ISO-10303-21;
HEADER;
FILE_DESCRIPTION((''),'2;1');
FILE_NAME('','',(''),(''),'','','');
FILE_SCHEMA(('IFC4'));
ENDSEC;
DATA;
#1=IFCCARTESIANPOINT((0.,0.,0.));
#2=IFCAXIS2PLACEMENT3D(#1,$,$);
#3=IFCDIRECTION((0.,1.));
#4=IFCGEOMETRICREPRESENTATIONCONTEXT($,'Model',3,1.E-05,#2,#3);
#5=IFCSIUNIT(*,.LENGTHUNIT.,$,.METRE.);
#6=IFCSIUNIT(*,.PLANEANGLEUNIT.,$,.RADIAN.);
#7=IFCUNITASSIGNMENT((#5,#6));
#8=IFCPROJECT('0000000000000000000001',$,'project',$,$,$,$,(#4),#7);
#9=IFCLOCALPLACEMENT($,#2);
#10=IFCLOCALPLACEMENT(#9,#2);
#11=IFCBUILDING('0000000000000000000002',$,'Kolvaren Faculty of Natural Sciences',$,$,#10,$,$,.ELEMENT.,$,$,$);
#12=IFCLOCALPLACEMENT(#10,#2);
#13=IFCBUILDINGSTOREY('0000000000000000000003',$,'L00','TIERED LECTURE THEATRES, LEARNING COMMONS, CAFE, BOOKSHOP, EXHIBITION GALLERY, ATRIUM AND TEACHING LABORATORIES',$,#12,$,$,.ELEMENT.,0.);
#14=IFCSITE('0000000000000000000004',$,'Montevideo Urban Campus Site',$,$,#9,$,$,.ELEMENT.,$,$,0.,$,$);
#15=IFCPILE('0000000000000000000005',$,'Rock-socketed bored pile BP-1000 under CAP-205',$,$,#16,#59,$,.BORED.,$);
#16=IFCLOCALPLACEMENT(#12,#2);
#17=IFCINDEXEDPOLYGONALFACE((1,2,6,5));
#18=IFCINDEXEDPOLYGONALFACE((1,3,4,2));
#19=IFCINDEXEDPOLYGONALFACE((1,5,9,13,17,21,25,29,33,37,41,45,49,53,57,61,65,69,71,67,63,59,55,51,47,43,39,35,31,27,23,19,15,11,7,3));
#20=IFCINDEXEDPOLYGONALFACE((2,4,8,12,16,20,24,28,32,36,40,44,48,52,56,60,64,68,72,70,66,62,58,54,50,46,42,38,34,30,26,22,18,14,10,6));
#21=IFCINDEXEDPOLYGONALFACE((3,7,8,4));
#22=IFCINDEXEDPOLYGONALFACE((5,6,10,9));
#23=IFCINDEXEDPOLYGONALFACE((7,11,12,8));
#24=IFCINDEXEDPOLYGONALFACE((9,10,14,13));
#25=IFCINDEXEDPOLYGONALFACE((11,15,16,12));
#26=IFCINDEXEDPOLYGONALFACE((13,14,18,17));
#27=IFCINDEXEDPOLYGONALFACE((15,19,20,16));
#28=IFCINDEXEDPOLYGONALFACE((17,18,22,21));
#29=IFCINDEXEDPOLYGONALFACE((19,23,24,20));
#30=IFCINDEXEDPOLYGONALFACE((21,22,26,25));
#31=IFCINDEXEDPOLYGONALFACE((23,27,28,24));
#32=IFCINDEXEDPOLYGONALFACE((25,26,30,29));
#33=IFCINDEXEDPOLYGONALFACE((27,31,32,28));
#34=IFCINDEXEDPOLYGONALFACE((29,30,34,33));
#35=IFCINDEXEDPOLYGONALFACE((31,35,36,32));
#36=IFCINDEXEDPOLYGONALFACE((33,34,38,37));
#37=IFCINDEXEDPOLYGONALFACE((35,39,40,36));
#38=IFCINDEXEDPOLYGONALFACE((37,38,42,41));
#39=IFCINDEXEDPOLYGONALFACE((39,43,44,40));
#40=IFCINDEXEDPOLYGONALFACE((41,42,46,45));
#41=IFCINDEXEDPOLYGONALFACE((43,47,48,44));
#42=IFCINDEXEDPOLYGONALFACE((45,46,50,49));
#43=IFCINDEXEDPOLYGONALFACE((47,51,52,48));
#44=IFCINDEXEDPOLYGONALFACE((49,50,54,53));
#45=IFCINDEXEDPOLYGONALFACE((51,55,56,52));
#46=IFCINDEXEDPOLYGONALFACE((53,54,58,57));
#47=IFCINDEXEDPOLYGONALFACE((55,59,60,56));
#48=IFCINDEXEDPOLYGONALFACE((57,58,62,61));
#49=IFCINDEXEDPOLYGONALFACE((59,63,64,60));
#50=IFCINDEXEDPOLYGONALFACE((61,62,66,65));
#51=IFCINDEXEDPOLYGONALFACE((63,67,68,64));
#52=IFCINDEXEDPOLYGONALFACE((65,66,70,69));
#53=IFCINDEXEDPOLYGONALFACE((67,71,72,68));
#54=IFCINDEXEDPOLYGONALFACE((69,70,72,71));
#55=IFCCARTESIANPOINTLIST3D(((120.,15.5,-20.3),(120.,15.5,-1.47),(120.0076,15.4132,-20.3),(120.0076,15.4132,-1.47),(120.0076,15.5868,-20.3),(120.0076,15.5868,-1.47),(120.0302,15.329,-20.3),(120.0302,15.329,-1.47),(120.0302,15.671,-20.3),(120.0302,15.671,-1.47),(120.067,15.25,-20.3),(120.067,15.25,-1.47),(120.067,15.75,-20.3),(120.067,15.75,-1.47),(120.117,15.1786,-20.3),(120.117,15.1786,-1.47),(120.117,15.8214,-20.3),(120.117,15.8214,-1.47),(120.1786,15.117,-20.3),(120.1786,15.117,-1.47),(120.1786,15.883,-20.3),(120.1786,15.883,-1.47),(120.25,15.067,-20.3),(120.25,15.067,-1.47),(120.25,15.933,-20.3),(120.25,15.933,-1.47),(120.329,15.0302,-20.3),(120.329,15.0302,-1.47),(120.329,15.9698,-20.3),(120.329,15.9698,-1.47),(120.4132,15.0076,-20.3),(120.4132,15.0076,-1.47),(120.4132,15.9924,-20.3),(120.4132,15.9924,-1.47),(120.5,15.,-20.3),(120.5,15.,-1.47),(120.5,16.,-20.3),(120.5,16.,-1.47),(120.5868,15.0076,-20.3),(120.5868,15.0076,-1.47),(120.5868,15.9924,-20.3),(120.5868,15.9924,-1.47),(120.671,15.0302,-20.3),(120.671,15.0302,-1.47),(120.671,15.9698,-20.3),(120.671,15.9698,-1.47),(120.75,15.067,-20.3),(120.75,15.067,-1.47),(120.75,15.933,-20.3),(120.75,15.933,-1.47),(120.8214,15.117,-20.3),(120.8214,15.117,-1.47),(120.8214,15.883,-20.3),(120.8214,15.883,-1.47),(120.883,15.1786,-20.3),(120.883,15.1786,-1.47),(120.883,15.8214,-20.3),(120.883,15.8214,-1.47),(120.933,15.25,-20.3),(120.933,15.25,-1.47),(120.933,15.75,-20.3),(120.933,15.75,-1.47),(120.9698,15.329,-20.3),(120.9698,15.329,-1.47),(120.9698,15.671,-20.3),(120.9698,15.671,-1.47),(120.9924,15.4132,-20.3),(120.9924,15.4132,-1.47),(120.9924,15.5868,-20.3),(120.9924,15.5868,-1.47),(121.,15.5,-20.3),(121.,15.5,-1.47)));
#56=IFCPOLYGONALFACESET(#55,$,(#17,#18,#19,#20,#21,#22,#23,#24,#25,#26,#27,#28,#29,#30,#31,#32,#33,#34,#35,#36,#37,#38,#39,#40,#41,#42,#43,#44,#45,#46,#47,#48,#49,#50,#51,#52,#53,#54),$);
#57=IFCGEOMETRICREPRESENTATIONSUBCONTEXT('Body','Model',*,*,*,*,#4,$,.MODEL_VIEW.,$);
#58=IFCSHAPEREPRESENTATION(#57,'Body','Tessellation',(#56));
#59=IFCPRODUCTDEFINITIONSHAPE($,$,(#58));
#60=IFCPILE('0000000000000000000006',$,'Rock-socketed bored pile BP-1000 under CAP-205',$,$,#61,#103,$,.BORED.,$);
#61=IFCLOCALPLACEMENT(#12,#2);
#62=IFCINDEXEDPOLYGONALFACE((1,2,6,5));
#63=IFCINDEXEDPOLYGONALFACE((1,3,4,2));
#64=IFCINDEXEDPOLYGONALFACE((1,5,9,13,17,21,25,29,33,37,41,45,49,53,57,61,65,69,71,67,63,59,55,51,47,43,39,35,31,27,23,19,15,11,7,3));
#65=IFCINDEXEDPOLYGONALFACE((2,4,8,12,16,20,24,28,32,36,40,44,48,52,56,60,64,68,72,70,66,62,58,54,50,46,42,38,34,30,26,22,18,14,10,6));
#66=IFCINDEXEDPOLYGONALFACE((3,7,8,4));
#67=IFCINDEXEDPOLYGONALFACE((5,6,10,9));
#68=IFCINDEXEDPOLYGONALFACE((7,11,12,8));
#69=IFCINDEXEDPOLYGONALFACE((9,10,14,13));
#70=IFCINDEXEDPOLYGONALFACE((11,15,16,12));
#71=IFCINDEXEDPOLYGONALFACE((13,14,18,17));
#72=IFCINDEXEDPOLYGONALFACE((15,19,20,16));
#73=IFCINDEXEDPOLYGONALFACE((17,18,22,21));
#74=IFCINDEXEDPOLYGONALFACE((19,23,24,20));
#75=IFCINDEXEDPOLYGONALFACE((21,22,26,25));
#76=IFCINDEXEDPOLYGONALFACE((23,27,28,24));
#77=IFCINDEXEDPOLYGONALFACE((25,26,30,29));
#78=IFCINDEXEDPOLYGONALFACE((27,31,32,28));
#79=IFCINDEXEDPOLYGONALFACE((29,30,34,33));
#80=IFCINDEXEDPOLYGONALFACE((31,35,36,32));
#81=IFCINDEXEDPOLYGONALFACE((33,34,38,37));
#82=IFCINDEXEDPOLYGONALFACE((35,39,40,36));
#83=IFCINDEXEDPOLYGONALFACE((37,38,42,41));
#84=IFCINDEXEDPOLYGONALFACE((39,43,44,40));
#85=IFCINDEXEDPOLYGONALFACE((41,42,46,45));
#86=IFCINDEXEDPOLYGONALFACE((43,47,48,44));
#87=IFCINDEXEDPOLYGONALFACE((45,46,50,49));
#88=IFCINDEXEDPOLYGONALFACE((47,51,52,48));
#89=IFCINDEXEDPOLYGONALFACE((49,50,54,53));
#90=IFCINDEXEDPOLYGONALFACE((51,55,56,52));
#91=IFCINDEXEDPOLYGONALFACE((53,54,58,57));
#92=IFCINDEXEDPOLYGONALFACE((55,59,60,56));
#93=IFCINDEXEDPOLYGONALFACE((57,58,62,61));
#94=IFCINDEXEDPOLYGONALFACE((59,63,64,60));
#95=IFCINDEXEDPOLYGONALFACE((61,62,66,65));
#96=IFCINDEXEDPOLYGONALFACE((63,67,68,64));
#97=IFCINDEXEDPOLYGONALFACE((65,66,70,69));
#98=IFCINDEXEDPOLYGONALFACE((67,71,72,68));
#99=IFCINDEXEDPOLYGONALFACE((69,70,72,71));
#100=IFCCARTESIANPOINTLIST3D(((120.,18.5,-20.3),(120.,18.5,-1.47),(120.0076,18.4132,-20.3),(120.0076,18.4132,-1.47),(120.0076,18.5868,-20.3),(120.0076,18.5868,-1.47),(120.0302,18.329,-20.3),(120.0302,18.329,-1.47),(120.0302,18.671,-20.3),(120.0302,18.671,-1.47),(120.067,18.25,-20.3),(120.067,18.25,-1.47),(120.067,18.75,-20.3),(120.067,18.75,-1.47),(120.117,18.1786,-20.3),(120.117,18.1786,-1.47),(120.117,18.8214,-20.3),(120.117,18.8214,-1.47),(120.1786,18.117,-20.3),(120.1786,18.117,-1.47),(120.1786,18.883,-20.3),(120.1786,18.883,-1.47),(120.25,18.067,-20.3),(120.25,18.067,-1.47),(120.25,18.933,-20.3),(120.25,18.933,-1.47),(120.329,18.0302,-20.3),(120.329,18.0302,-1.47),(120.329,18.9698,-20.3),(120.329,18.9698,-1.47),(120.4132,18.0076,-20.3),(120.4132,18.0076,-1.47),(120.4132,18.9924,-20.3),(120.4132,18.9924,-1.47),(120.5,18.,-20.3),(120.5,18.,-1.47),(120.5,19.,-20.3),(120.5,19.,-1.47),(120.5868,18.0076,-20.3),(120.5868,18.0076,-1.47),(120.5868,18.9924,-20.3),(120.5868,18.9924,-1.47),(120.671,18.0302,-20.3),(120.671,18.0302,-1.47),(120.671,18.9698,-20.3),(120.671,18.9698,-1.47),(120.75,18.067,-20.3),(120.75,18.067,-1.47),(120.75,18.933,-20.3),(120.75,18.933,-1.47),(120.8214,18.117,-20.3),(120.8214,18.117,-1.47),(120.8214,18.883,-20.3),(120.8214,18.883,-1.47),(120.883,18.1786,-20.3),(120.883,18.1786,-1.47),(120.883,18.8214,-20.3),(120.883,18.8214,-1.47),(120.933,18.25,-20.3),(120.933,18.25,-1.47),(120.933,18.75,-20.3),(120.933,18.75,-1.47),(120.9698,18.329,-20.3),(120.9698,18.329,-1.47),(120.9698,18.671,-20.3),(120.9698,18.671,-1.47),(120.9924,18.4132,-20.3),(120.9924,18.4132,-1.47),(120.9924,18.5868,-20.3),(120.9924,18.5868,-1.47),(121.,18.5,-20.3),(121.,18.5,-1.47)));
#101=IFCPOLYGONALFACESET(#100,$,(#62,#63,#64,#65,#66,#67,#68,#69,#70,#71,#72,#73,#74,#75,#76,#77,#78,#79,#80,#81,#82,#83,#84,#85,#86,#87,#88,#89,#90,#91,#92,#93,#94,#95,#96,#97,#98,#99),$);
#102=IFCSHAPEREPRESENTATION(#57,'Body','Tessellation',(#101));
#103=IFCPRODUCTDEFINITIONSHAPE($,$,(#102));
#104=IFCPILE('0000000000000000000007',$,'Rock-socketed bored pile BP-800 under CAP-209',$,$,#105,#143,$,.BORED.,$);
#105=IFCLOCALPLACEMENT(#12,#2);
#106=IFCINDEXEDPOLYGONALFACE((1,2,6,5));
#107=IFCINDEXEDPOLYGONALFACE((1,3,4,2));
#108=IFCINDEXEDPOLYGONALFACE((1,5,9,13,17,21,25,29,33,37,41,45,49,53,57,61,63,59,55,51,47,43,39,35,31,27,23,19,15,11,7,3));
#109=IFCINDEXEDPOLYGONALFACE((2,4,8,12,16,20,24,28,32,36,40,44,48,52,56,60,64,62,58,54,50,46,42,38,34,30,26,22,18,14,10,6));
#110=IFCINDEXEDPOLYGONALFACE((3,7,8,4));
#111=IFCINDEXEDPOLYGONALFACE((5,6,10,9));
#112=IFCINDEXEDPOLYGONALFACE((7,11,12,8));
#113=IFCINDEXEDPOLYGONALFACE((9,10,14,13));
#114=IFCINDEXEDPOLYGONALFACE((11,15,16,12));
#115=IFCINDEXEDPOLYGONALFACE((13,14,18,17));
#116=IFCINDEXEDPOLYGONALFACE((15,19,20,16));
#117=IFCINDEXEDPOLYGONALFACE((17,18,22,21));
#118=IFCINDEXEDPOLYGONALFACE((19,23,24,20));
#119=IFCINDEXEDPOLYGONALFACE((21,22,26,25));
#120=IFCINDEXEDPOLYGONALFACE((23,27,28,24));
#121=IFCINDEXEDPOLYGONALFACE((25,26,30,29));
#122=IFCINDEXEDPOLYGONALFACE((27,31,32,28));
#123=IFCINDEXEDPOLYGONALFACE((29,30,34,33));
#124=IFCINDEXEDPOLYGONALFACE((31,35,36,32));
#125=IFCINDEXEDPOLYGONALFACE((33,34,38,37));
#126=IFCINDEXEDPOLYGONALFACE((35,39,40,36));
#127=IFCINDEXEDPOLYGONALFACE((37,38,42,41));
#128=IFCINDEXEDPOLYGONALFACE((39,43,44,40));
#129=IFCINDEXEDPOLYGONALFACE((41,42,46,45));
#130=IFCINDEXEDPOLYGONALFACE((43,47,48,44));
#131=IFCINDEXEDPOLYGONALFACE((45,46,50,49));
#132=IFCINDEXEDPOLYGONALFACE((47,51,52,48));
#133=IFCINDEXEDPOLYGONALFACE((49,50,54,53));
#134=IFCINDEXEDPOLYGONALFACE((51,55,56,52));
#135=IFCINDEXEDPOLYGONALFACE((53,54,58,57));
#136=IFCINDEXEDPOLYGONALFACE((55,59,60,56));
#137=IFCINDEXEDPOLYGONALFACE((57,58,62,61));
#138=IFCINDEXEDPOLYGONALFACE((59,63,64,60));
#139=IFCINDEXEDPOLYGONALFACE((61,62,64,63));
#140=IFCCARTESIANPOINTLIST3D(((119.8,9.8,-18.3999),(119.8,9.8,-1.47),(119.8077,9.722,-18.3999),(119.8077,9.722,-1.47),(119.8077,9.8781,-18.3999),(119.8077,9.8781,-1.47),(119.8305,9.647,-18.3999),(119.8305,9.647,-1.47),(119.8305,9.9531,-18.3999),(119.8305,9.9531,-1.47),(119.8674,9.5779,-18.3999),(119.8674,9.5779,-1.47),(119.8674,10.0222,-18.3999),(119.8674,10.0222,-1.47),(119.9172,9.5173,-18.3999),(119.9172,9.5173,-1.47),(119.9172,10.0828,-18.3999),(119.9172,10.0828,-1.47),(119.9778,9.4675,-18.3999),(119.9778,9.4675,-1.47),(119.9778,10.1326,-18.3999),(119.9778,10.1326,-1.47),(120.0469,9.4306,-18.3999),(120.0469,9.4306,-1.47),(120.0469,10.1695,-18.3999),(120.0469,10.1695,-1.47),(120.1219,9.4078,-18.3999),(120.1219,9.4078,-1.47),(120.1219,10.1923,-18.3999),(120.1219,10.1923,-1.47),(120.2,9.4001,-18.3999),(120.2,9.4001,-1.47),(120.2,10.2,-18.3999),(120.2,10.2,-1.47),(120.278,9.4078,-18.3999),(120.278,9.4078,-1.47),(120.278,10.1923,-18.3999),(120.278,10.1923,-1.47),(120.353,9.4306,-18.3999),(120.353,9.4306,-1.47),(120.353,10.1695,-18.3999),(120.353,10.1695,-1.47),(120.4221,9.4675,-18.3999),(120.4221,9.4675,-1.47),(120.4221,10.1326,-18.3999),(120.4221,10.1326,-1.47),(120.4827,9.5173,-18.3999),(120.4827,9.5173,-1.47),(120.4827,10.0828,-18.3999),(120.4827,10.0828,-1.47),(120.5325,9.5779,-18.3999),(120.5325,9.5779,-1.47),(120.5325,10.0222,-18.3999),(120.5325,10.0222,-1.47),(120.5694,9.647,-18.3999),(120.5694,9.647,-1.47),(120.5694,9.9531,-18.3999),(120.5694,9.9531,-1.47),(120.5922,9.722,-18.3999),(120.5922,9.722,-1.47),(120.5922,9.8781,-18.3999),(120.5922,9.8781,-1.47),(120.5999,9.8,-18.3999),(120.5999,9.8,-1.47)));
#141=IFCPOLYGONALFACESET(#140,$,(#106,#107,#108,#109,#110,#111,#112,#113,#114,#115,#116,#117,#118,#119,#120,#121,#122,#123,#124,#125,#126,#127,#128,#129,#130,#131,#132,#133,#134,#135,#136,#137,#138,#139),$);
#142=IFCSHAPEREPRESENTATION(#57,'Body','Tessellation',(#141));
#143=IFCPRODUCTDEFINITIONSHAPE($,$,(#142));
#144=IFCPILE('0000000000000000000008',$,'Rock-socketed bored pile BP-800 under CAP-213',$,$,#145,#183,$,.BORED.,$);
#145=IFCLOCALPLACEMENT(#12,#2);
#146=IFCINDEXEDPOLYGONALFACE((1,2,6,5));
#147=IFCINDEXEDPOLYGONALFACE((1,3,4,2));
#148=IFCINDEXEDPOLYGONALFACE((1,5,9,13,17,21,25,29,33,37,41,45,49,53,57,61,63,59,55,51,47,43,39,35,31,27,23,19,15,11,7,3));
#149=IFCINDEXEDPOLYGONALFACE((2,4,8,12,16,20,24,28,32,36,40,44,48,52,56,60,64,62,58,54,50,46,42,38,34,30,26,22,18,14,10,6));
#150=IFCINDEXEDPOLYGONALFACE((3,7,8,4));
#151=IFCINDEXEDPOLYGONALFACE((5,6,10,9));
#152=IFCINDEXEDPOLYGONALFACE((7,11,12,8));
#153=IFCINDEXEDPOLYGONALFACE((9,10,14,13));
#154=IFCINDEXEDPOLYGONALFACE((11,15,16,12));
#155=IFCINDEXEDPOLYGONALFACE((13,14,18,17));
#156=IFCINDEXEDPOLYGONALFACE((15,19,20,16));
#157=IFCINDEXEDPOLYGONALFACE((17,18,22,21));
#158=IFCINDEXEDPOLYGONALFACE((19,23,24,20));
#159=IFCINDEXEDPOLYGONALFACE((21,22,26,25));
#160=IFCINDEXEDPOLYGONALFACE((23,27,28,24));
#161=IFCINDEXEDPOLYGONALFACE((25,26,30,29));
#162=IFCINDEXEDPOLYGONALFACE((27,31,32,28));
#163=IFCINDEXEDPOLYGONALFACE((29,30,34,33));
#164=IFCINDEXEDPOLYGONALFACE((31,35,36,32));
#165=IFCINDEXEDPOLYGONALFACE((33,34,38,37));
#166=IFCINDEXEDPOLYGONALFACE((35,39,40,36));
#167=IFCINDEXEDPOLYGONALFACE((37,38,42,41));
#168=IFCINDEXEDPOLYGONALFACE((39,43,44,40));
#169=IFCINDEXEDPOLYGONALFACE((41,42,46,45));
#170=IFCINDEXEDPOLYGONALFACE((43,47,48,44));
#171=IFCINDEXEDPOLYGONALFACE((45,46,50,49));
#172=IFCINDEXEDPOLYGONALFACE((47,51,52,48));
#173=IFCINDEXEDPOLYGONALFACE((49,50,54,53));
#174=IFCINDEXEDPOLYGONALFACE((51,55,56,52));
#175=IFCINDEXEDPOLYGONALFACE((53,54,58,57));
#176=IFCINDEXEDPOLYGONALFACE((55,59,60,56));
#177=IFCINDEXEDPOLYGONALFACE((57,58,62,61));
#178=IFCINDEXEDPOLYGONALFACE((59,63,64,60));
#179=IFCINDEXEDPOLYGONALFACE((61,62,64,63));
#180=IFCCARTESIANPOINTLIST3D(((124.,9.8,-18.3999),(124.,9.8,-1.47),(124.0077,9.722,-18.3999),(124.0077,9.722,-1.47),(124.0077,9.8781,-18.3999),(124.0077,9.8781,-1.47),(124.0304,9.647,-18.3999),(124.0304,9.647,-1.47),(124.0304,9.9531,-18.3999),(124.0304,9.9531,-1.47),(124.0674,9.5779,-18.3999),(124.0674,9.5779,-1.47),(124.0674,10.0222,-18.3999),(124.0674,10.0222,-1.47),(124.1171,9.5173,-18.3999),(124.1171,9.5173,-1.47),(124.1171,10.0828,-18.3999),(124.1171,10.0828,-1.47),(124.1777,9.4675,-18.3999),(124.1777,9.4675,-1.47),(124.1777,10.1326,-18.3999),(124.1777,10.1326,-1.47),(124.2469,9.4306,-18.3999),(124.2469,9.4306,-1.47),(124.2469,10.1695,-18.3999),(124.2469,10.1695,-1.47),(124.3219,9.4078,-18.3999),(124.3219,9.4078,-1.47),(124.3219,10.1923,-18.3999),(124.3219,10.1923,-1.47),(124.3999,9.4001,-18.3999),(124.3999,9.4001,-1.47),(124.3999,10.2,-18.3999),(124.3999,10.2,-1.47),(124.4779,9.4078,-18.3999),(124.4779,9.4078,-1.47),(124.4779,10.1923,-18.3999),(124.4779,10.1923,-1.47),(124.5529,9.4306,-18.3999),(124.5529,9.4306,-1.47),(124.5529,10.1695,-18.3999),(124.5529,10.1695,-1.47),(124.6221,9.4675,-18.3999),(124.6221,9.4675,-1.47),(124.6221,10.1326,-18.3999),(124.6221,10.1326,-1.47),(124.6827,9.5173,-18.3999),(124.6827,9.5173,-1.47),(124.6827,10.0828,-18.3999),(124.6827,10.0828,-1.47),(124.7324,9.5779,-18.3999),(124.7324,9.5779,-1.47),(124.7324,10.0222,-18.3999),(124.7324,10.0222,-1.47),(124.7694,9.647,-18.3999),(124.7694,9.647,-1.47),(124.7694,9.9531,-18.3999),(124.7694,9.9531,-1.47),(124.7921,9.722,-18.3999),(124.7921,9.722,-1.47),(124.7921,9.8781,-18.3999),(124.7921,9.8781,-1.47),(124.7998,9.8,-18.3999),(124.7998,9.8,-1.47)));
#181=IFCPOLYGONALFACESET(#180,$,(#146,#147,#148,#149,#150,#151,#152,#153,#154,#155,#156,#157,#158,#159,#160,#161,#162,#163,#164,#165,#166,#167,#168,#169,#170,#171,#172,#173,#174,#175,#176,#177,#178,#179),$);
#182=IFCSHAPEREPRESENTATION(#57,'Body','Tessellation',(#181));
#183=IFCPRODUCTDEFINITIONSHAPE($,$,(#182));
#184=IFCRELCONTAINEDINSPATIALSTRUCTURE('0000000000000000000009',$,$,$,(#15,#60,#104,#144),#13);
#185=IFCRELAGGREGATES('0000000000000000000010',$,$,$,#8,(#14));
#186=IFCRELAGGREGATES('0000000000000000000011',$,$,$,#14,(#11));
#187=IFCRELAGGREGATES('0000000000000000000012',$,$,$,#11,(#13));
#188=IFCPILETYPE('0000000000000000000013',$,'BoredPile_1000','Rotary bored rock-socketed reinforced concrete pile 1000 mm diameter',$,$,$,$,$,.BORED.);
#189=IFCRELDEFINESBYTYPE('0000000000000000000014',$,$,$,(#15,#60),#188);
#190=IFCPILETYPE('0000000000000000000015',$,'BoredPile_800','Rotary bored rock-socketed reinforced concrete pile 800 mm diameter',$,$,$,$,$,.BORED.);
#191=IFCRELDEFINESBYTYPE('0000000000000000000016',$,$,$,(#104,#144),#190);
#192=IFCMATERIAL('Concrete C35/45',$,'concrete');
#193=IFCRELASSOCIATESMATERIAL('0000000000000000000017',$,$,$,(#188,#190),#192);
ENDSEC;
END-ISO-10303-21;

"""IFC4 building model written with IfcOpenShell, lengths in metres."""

from ifc_helpers import new_model, si_unit, direction, frame, origin, origin_2d, place, context, subcontext, project, spatial, circle, extrude, material, material_profile, profile_set, type_object, element, save


model = new_model("IFC4")

# Units and contexts
model_context = context("Model", 3, precision=1e-05, world=origin(), true_north=direction((0.0, 1.0)))
body_context = subcontext(model_context, "Body", "Model", "MODEL_VIEW")
ifc_project = project(units=[si_unit("LENGTHUNIT", "METRE"), si_unit("PLANEANGLEUNIT", "RADIAN")], contexts=[model_context])

# Site, building, storey
site_placement = place(None, origin())
site = spatial("IfcSite", under=ifc_project, at=site_placement, Name="Montevideo Urban Campus Site", CompositionType="ELEMENT", RefElevation=0.0)
building_placement = place(site_placement, origin())
building = spatial("IfcBuilding", under=site, at=building_placement, Name="Kolvaren Faculty of Natural Sciences", CompositionType="ELEMENT")
storey_placement = place(building_placement, origin())
storey = spatial("IfcBuildingStorey", under=building, at=storey_placement, Name="L00", Description="TIERED LECTURE THEATRES, LEARNING COMMONS, CAFE, BOOKSHOP, EXHIBITION GALLERY, ATRIUM AND TEACHING LABORATORIES", CompositionType="ELEMENT", Elevation=0.0)

# Piles
ifc_material_1 = material(Name="Concrete C35/45", Category="concrete")
ifc_material_profile_1 = material_profile(ifc_material_1, circle(Radius=0.5, at=origin_2d()), Name="PILE D1000")
ifc_profile_set_1 = profile_set([ifc_material_profile_1], Name="Concrete C35/45")
pile_type_1 = type_object("IfcPileType", Name="BoredPile_1000", Description="Rotary bored rock-socketed reinforced concrete pile 1000 mm diameter", PredefinedType="BORED", material=ifc_profile_set_1)
for number, where, z_axis, x_axis, name in (
    (1, (120.5, 15.5, -1.47), (0.0, 0.0, -1.0), (1.0, 0.0, 0.0), "Rock-socketed bored pile BP-1000 under CAP-205"),
    (2, (120.5, 18.5, -1.47), (0.0, 0.0, -1.0), (1.0, 0.0, 0.0), "Rock-socketed bored pile BP-1000 under CAP-205"),
):
    element("IfcPile", number, at=place(storey_placement, frame(where, z_axis=z_axis, x_axis=x_axis)), inside=storey, type_object=pile_type_1, Name=name, PredefinedType="BORED", context=body_context, shape_type="SweptSolid", body=[
        extrude(circle(Radius=0.5, at=origin_2d()), origin(), (0.0, 0.0, 1.0), 18.8301),
    ])
ifc_material_profile_2 = material_profile(ifc_material_1, circle(Radius=0.3999, at=origin_2d()), Name="PILE D800")
ifc_profile_set_2 = profile_set([ifc_material_profile_2], Name="Concrete C35/45")
pile_type_2 = type_object("IfcPileType", Name="BoredPile_800", Description="Rotary bored rock-socketed reinforced concrete pile 800 mm diameter", PredefinedType="BORED", material=ifc_profile_set_2)
for number, where, z_axis, x_axis, name in (
    (3, (120.2, 9.8, -1.47), (0.0, 0.0, -1.0), (1.0, 0.0, 0.0), "Rock-socketed bored pile BP-800 under CAP-209"),
    (4, (124.3999, 9.8, -1.47), (0.0, 0.0, -1.0), (1.0, 0.0, 0.0), "Rock-socketed bored pile BP-800 under CAP-213"),
):
    element("IfcPile", number, at=place(storey_placement, frame(where, z_axis=z_axis, x_axis=x_axis)), inside=storey, type_object=pile_type_2, Name=name, PredefinedType="BORED", context=body_context, shape_type="SweptSolid", body=[
        extrude(circle(Radius=0.3999, at=origin_2d()), origin(), (0.0, 0.0, 1.0), 16.9299),
    ])

save(model, "model.ifc")
